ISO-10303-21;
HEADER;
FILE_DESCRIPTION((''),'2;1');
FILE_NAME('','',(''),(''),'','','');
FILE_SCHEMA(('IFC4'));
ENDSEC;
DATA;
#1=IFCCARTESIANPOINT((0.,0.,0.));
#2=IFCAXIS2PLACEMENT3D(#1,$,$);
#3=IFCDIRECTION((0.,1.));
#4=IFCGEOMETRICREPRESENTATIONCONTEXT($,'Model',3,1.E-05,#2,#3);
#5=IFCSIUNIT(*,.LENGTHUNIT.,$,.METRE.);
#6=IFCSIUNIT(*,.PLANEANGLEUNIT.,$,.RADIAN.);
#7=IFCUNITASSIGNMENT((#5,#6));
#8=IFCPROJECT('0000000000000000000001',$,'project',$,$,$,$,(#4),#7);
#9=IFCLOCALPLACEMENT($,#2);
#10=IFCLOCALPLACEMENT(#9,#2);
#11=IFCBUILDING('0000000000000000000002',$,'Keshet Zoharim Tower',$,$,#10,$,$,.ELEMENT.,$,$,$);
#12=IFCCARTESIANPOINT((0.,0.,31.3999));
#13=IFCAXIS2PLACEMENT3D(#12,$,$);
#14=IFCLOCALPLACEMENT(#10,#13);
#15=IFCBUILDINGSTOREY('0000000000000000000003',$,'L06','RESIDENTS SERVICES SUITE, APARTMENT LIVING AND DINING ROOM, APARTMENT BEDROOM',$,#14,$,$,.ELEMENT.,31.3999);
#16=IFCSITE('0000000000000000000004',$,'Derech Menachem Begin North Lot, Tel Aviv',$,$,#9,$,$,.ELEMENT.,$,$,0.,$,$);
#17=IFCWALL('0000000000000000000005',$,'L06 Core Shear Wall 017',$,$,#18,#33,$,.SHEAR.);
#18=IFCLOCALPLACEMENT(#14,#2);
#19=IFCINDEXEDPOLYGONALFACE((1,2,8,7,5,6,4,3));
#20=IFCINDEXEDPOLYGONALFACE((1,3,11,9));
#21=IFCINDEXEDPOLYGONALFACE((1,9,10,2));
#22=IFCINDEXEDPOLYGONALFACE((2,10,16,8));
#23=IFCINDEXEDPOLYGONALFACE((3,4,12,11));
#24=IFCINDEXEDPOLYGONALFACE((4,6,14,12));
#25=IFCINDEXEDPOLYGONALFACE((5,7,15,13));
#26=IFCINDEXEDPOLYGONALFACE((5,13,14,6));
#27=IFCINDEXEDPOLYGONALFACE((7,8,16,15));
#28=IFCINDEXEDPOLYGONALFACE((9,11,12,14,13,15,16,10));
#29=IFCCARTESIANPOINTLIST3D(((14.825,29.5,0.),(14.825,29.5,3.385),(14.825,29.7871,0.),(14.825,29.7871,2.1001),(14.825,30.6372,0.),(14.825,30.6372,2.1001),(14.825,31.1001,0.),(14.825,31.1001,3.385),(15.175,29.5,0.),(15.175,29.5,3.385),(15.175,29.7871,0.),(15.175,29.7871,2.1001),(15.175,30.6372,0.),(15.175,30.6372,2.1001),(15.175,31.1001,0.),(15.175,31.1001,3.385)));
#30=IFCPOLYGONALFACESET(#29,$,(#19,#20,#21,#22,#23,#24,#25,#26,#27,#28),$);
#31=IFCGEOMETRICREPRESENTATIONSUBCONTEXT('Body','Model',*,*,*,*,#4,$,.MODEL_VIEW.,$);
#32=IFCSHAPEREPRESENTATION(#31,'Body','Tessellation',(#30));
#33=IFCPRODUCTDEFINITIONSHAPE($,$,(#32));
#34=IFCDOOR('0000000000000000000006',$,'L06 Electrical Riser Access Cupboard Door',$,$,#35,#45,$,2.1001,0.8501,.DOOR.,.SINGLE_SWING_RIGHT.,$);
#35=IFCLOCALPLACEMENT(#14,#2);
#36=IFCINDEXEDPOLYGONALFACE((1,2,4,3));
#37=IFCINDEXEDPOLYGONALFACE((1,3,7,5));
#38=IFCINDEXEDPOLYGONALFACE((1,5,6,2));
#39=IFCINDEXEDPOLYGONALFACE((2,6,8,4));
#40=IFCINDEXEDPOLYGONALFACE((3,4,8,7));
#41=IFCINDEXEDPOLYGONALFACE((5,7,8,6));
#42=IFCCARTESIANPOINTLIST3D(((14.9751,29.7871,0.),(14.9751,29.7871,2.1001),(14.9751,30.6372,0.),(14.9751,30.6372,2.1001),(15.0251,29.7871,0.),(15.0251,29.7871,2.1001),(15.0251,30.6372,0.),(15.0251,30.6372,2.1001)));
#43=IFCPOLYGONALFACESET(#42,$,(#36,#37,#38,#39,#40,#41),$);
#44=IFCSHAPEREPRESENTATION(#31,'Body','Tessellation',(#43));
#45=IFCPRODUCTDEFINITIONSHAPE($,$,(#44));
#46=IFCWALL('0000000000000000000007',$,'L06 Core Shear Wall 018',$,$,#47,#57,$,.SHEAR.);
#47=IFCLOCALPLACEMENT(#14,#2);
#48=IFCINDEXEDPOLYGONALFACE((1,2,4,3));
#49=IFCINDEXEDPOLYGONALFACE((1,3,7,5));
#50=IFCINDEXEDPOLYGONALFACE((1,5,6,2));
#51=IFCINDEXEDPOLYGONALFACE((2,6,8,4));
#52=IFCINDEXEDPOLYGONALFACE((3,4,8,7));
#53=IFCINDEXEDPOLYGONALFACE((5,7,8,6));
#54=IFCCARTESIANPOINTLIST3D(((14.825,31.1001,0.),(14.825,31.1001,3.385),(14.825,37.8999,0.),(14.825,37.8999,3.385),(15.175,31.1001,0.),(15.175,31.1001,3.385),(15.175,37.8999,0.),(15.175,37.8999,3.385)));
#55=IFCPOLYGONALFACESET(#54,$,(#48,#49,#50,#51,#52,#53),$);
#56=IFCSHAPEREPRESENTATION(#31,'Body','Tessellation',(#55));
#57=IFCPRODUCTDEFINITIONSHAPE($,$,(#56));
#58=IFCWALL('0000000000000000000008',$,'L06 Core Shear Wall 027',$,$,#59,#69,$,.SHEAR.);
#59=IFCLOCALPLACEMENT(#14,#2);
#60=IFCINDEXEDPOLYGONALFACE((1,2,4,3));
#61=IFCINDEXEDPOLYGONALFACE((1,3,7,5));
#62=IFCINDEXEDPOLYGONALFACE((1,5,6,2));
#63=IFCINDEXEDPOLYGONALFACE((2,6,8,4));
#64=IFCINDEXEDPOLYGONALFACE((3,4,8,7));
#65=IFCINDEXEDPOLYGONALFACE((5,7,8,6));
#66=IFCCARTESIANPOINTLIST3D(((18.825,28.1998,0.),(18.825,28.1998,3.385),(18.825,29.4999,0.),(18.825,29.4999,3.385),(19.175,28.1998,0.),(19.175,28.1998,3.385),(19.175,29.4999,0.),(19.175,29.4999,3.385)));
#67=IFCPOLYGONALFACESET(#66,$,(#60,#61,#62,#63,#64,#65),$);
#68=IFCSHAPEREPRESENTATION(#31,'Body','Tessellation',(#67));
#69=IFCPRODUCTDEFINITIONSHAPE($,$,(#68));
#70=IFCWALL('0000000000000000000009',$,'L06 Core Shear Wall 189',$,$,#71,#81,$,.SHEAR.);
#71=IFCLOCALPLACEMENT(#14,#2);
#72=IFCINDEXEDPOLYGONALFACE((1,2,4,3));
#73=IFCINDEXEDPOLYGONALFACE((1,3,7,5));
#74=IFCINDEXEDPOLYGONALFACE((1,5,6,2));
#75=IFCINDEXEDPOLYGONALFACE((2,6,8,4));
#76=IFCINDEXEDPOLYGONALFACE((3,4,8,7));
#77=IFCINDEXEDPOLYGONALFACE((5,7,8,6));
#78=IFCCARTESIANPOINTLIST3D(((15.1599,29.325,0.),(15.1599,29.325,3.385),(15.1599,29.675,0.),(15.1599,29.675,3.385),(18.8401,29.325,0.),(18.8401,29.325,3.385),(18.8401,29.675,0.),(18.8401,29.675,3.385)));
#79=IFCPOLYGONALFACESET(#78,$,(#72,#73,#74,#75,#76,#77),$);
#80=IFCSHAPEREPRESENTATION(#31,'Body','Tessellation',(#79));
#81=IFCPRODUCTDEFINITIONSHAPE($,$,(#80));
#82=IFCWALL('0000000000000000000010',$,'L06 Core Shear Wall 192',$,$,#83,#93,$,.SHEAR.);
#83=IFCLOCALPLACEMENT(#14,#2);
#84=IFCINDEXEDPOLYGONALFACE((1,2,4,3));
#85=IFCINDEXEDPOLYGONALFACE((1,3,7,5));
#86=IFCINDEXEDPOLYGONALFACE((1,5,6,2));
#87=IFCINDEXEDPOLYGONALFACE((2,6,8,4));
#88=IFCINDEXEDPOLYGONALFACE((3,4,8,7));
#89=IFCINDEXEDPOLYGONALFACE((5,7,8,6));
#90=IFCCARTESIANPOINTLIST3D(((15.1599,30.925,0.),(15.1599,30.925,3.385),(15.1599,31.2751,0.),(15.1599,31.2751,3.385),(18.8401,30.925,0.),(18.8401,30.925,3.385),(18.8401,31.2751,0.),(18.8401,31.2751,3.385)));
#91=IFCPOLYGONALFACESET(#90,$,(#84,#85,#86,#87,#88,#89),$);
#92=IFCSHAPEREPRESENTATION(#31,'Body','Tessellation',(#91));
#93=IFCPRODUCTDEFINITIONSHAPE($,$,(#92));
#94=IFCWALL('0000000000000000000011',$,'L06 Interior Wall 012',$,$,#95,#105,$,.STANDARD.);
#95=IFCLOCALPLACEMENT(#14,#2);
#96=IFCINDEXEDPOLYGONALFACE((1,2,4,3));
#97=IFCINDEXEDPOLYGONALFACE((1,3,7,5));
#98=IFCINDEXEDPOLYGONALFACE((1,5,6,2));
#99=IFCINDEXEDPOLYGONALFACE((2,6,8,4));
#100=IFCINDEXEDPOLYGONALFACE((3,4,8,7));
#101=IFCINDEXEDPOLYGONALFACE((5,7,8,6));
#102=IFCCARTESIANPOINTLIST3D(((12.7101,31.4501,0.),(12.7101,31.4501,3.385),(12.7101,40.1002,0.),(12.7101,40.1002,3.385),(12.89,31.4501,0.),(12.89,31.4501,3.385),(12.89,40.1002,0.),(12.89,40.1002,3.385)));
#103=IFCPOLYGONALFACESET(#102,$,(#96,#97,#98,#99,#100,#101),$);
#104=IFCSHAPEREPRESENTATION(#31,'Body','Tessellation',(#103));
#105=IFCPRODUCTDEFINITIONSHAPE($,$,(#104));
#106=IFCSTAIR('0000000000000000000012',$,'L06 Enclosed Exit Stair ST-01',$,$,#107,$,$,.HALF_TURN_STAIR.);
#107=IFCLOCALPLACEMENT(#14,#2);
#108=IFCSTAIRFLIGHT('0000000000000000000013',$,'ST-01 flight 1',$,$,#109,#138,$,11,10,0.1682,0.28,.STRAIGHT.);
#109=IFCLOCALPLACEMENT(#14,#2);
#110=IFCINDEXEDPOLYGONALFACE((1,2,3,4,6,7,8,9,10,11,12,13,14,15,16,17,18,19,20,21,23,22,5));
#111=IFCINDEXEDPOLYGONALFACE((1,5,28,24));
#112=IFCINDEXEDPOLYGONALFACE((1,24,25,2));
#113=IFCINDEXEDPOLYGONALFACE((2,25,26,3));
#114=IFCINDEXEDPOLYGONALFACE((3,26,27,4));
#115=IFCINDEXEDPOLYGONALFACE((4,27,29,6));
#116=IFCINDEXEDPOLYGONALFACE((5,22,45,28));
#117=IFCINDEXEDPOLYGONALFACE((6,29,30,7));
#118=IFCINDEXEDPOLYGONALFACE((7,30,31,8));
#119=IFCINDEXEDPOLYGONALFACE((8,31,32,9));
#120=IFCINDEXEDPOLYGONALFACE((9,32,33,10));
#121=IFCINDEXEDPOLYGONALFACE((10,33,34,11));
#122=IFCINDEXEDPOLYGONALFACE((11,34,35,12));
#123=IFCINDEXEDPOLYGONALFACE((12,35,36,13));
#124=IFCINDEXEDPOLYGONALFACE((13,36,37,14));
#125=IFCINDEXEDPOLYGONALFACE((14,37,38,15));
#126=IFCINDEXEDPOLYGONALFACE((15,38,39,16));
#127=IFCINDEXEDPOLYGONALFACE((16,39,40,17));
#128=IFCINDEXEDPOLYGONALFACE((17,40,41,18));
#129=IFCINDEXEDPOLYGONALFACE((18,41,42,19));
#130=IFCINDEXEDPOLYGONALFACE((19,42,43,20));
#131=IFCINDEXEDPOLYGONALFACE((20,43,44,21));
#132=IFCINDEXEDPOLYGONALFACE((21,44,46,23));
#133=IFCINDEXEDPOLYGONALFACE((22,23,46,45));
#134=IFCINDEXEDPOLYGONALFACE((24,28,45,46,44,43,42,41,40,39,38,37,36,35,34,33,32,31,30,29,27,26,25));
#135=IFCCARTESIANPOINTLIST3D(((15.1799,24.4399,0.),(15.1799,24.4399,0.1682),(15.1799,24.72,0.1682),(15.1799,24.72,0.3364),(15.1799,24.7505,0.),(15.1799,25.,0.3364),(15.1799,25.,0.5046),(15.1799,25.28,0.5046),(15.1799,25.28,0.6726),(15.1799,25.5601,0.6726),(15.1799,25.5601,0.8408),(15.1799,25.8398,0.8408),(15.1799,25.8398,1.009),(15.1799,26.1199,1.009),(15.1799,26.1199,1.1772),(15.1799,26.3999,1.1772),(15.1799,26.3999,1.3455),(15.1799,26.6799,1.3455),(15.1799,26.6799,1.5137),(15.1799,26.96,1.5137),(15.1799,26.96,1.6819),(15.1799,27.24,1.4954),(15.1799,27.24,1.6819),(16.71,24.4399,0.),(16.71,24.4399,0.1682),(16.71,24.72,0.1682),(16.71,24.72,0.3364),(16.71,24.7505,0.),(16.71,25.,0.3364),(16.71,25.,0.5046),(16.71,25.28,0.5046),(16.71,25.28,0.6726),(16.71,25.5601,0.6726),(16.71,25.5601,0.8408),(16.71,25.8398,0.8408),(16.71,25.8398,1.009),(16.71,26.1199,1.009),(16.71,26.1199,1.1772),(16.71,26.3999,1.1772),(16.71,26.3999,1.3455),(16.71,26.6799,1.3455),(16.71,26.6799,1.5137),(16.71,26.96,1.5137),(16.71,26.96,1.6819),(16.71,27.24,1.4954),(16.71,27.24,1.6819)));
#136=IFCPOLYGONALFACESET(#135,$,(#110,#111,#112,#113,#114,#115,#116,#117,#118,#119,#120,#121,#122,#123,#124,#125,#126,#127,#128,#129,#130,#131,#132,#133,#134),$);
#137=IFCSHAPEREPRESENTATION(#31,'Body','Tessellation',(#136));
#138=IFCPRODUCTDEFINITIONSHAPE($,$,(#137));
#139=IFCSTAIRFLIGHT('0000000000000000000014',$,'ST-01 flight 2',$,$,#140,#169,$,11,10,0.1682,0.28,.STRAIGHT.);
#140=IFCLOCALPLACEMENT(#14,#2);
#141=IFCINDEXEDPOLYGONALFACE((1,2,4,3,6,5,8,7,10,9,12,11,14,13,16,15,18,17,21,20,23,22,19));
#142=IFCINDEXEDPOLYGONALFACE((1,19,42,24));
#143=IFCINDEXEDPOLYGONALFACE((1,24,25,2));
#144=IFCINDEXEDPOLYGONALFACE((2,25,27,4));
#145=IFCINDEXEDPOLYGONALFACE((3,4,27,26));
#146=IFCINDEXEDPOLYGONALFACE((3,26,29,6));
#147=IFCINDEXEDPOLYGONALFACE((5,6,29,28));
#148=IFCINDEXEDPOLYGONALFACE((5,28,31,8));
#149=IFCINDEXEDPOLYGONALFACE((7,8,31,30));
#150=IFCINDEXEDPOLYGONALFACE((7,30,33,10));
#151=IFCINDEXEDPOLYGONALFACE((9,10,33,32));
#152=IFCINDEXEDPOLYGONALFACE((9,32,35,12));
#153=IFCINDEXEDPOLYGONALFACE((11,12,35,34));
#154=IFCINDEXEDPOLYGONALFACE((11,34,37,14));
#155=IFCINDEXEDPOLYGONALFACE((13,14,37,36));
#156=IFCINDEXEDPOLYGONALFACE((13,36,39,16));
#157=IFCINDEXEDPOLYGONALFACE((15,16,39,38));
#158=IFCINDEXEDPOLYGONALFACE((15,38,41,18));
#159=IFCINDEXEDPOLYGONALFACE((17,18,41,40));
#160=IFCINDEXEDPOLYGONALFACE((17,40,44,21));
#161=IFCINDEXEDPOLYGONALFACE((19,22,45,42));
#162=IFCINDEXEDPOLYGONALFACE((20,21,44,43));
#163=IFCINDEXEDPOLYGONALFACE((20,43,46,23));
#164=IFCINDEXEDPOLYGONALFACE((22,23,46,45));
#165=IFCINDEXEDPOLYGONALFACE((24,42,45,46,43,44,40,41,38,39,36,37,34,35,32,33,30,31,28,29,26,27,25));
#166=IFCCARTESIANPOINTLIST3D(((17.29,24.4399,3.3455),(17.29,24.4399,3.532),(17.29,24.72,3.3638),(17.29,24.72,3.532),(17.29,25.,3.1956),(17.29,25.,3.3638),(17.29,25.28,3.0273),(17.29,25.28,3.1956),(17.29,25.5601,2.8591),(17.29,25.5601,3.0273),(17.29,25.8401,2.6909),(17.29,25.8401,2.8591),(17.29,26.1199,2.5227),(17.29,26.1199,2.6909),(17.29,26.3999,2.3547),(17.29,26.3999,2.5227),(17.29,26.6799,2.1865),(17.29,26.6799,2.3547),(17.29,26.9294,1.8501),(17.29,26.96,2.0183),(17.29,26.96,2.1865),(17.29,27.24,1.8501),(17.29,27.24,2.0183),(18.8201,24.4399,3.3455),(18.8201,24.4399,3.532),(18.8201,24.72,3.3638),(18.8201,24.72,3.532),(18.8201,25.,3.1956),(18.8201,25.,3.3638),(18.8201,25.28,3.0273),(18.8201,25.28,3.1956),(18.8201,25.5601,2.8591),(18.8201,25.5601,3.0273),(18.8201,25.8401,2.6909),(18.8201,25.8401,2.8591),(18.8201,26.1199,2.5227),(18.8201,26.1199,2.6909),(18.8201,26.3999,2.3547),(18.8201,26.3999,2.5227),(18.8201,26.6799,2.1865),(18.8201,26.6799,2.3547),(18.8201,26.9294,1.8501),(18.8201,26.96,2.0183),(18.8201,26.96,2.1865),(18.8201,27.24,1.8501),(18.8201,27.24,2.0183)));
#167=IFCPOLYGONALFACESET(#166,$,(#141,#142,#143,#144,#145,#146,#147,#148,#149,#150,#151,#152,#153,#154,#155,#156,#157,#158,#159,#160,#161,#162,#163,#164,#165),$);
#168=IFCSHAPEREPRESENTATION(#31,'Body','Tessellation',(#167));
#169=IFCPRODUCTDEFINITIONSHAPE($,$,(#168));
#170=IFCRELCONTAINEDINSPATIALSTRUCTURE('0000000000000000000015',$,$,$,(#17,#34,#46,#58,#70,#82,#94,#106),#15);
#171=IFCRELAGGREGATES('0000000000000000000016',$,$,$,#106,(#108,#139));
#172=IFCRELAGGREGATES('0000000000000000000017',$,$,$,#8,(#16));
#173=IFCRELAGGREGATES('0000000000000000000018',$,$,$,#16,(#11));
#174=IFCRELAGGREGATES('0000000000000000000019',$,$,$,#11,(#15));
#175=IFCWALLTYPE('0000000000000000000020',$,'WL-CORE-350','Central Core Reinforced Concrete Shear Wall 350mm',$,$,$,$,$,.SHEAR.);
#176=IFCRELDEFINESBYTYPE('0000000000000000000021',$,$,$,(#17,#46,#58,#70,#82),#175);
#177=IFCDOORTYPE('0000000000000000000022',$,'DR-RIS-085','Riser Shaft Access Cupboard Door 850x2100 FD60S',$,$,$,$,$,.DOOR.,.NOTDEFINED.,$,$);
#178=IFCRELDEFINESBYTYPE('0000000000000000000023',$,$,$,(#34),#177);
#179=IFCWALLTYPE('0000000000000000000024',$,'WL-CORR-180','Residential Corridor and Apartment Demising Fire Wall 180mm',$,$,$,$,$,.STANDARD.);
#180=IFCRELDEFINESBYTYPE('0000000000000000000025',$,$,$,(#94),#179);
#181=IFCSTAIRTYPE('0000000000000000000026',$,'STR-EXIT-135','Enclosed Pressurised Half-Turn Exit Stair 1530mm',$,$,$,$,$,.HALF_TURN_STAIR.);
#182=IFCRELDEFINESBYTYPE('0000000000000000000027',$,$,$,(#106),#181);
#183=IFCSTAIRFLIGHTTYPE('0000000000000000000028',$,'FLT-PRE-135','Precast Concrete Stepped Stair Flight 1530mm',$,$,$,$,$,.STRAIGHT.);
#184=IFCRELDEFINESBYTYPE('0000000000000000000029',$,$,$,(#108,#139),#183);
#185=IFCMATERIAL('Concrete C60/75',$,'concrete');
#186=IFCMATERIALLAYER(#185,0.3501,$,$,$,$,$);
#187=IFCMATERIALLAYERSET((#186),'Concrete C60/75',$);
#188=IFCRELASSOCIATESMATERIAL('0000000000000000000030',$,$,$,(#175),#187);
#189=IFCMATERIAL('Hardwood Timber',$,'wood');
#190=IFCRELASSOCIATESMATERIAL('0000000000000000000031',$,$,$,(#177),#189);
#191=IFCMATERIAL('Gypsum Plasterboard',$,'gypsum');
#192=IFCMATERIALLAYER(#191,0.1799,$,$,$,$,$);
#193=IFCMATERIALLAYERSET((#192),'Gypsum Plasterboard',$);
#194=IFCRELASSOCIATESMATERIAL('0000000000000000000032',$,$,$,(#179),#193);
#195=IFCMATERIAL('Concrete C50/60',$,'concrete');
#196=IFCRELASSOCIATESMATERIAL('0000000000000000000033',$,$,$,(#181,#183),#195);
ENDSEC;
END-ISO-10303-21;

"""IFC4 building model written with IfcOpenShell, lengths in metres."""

from ifc_helpers import new_model, si_unit, direction, frame, frame_2d, origin, place, context, subcontext, project, spatial, polyline, rectangle, outline, extrude, material, layer, layer_set, type_object, element, fill, aggregate, save


model = new_model("IFC4")

# Units and contexts
model_context = context("Model", 3, precision=1e-05, world=origin(), true_north=direction((0.0, 1.0)))
body_context = subcontext(model_context, "Body", "Model", "MODEL_VIEW")
ifc_project = project(units=[si_unit("LENGTHUNIT", "METRE"), si_unit("PLANEANGLEUNIT", "RADIAN")], contexts=[model_context])

# Site, building, storey
site_placement = place(None, origin())
site = spatial("IfcSite", under=ifc_project, at=site_placement, Name="Derech Menachem Begin North Lot, Tel Aviv", CompositionType="ELEMENT", RefElevation=0.0)
building_placement = place(site_placement, origin())
building = spatial("IfcBuilding", under=site, at=building_placement, Name="Keshet Zoharim Tower", CompositionType="ELEMENT")
storey_placement = place(building_placement, frame((0.0, 0.0, 31.3999)))
storey = spatial("IfcBuildingStorey", under=building, at=storey_placement, Name="L06", Description="RESIDENTS SERVICES SUITE, APARTMENT LIVING AND DINING ROOM, APARTMENT BEDROOM", CompositionType="ELEMENT", Elevation=31.3999)

# Wall, opening, door
ifc_material_1 = material(Name="Concrete C60/75", Category="concrete")
ifc_layer_1 = layer(ifc_material_1, 0.3501)
ifc_layer_set_1 = layer_set([ifc_layer_1], Name="Concrete C60/75")
wall_type_1 = type_object("IfcWallType", Name="WL-CORE-350", Description="Central Core Reinforced Concrete Shear Wall 350mm", PredefinedType="SHEAR", material=ifc_layer_set_1)
wall_1_placement = place(storey_placement, frame((15.0, 29.5, 0.0), z_axis=(0.0, 0.0, 1.0), x_axis=(0.0, 1.0, 0.0)))
wall_1 = element("IfcWall", 1, at=wall_1_placement, inside=storey, type_object=wall_type_1, Name="L06 Core Shear Wall 017", PredefinedType="SHEAR", context=body_context, shape_type="SweptSolid", body=[
    extrude(rectangle(XDim=1.6001, YDim=0.3501, at=frame_2d((0.8, 0.0))), origin(), (0.0, 0.0, 1.0), 3.385),
])
opening_1_placement = place(wall_1_placement, frame((0.2871, 0.0, 0.0)))
opening_1 = element("IfcOpeningElement", 2, at=opening_1_placement, cuts=wall_1, PredefinedType="OPENING", context=body_context, shape_type="SweptSolid", body=[
    extrude(rectangle(XDim=0.8501, YDim=2.1001, at=frame_2d((0.425, 1.05))), frame((0.0, 0.1851, 0.0), z_axis=(0.0, -1.0, 0.0), x_axis=(1.0, 0.0, 0.0)), (0.0, 0.0, 1.0), 0.3701),
])
ifc_material_2 = material(Name="Hardwood Timber", Category="wood")
door_type_1 = type_object("IfcDoorType", Name="DR-RIS-085", Description="Riser Shaft Access Cupboard Door 850x2100 FD60S", OperationType="NOTDEFINED", PredefinedType="DOOR", material=ifc_material_2)
door_1_placement = place(opening_1_placement, origin())
door_1 = element("IfcDoor", 3, at=door_1_placement, inside=storey, type_object=door_type_1, Name="L06 Electrical Riser Access Cupboard Door", OperationType="SINGLE_SWING_RIGHT", OverallHeight=2.1001, OverallWidth=0.8501, PredefinedType="DOOR", context=body_context, shape_type="SweptSolid", body=[
    extrude(rectangle(XDim=0.8501, YDim=2.1001, at=frame_2d((0.425, 1.05))), frame((0.0, 0.0249, 0.0), z_axis=(0.0, -1.0, 0.0), x_axis=(1.0, 0.0, 0.0)), (0.0, 0.0, 1.0), 0.05),
])
fill(opening_1, door_1)

# Walls
wall_2_placement = place(storey_placement, frame((15.0, 31.1001, 0.0), z_axis=(0.0, 0.0, 1.0), x_axis=(0.0, 1.0, 0.0)))
element("IfcWall", 4, at=wall_2_placement, inside=storey, type_object=wall_type_1, Name="L06 Core Shear Wall 018", PredefinedType="SHEAR", context=body_context, shape_type="SweptSolid", body=[
    extrude(rectangle(XDim=6.7998, YDim=0.3501, at=frame_2d((3.3999, 0.0))), origin(), (0.0, 0.0, 1.0), 3.385),
])
wall_3_placement = place(storey_placement, frame((19.0, 28.2, 0.0), z_axis=(0.0, 0.0, 1.0), x_axis=(0.0, 1.0, 0.0)))
element("IfcWall", 5, at=wall_3_placement, inside=storey, type_object=wall_type_1, Name="L06 Core Shear Wall 027", PredefinedType="SHEAR", context=body_context, shape_type="SweptSolid", body=[
    extrude(rectangle(XDim=1.3, YDim=0.3501, at=frame_2d((0.6499, 0.0))), origin(), (0.0, 0.0, 1.0), 3.385),
])
for number, where, z_axis, x_axis, name in (
    (6, (15.1599, 29.5, 0.0), (0.0, 0.0, 1.0), (1.0, 0.0, 0.0), "L06 Core Shear Wall 189"),
    (7, (15.1599, 31.1001, 0.0), (0.0, 0.0, 1.0), (1.0, 0.0, 0.0), "L06 Core Shear Wall 192"),
):
    element("IfcWall", number, at=place(storey_placement, frame(where, z_axis=z_axis, x_axis=x_axis)), inside=storey, type_object=wall_type_1, Name=name, PredefinedType="SHEAR", context=body_context, shape_type="SweptSolid", body=[
        extrude(rectangle(XDim=3.6802, YDim=0.3501, at=frame_2d((1.8401, 0.0))), origin(), (0.0, 0.0, 1.0), 3.385),
    ])

# Shared definitions
ifc_material_3 = material(Name="Gypsum Plasterboard", Category="gypsum")
ifc_layer_2 = layer(ifc_material_3, 0.1799)
ifc_layer_set_2 = layer_set([ifc_layer_2], Name="Gypsum Plasterboard")
wall_type_2 = type_object("IfcWallType", Name="WL-CORR-180", Description="Residential Corridor and Apartment Demising Fire Wall 180mm", PredefinedType="STANDARD", material=ifc_layer_set_2)

# Wall
wall_4_placement = place(storey_placement, frame((12.8, 31.45, 0.0), z_axis=(0.0, 0.0, 1.0), x_axis=(0.0, 1.0, 0.0)))
element("IfcWall", 8, at=wall_4_placement, inside=storey, type_object=wall_type_2, Name="L06 Interior Wall 012", PredefinedType="STANDARD", context=body_context, shape_type="SweptSolid", body=[
    extrude(rectangle(XDim=8.6501, YDim=0.1799, at=frame_2d((4.3252, 0.0))), origin(), (0.0, 0.0, 1.0), 3.385),
])

# Stair, stair flights
ifc_material_4 = material(Name="Concrete C50/60", Category="concrete")
stair_type = type_object("IfcStairType", Name="STR-EXIT-135", Description="Enclosed Pressurised Half-Turn Exit Stair 1530mm", PredefinedType="HALF_TURN_STAIR", material=ifc_material_4)
stair_1_placement = place(storey_placement, origin())
stair_1 = element("IfcStair", 9, at=stair_1_placement, inside=storey, type_object=stair_type, Name="L06 Enclosed Exit Stair ST-01", PredefinedType="HALF_TURN_STAIR")
stair_flight_type = type_object("IfcStairFlightType", Name="FLT-PRE-135", Description="Precast Concrete Stepped Stair Flight 1530mm", PredefinedType="STRAIGHT", material=ifc_material_4)
stair_flight_1_placement = place(storey_placement, frame((15.9451, 24.4399, 0.0), z_axis=(0.0, 0.0, 1.0), x_axis=(0.0, 1.0, 0.0)))
stair_flight_1 = element("IfcStairFlight", 10, at=stair_flight_1_placement, type_object=stair_flight_type, Name="ST-01 flight 1", NumberOfRisers=11, NumberOfTreads=10, PredefinedType="STRAIGHT", RiserHeight=0.1682, TreadLength=0.28, context=body_context, shape_type="SweptSolid", body=[
    extrude(outline(polyline([(0.0, 0.0), (0.0, 0.1682), (0.28, 0.1682), (0.28, 0.3364), (0.5601, 0.3364), (0.5601, 0.5046), (0.8401, 0.5046), (0.8401, 0.6726), (1.1201, 0.6726), (1.1201, 0.8408), (1.3999, 0.8408), (1.3999, 1.009), (1.6799, 1.009), (1.6799, 1.1772), (1.96, 1.1772), (1.96, 1.3455), (2.24, 1.3455), (2.24, 1.5137), (2.52, 1.5137), (2.52, 1.6819), (2.8, 1.6819), (2.8, 1.8501), (2.8, 1.4954), (0.3105, 0.0), (0.0, 0.0)])), frame((0.0, 0.7651, 0.0), z_axis=(0.0, -1.0, 0.0), x_axis=(1.0, 0.0, 0.0)), (0.0, 0.0, 1.0), 1.53),
])
stair_flight_2_placement = place(storey_placement, frame((18.0549, 27.24, 1.8501), z_axis=(0.0, 0.0, 1.0), x_axis=(0.0, -1.0, 0.0)))
stair_flight_2 = element("IfcStairFlight", 11, at=stair_flight_2_placement, type_object=stair_flight_type, Name="ST-01 flight 2", NumberOfRisers=11, NumberOfTreads=10, PredefinedType="STRAIGHT", RiserHeight=0.1682, TreadLength=0.28, context=body_context, shape_type="SweptSolid", body=[
    extrude(outline(polyline([(0.0, 0.0), (0.0, 0.1682), (0.28, 0.1682), (0.28, 0.3364), (0.5601, 0.3364), (0.5601, 0.5046), (0.8401, 0.5046), (0.8401, 0.6726), (1.1201, 0.6726), (1.1201, 0.8408), (1.3999, 0.8408), (1.3999, 1.009), (1.6799, 1.009), (1.6799, 1.1772), (1.96, 1.1772), (1.96, 1.3455), (2.24, 1.3455), (2.24, 1.5137), (2.52, 1.5137), (2.52, 1.6819), (2.8, 1.6819), (2.8, 1.8501), (2.8, 1.4954), (0.3105, 0.0), (0.0, 0.0)])), frame((0.0, 0.7651, 0.0), z_axis=(0.0, -1.0, 0.0), x_axis=(1.0, 0.0, 0.0)), (0.0, 0.0, 1.0), 1.53),
])
aggregate(stair_1, [stair_flight_1, stair_flight_2])

save(model, "model.ifc")
